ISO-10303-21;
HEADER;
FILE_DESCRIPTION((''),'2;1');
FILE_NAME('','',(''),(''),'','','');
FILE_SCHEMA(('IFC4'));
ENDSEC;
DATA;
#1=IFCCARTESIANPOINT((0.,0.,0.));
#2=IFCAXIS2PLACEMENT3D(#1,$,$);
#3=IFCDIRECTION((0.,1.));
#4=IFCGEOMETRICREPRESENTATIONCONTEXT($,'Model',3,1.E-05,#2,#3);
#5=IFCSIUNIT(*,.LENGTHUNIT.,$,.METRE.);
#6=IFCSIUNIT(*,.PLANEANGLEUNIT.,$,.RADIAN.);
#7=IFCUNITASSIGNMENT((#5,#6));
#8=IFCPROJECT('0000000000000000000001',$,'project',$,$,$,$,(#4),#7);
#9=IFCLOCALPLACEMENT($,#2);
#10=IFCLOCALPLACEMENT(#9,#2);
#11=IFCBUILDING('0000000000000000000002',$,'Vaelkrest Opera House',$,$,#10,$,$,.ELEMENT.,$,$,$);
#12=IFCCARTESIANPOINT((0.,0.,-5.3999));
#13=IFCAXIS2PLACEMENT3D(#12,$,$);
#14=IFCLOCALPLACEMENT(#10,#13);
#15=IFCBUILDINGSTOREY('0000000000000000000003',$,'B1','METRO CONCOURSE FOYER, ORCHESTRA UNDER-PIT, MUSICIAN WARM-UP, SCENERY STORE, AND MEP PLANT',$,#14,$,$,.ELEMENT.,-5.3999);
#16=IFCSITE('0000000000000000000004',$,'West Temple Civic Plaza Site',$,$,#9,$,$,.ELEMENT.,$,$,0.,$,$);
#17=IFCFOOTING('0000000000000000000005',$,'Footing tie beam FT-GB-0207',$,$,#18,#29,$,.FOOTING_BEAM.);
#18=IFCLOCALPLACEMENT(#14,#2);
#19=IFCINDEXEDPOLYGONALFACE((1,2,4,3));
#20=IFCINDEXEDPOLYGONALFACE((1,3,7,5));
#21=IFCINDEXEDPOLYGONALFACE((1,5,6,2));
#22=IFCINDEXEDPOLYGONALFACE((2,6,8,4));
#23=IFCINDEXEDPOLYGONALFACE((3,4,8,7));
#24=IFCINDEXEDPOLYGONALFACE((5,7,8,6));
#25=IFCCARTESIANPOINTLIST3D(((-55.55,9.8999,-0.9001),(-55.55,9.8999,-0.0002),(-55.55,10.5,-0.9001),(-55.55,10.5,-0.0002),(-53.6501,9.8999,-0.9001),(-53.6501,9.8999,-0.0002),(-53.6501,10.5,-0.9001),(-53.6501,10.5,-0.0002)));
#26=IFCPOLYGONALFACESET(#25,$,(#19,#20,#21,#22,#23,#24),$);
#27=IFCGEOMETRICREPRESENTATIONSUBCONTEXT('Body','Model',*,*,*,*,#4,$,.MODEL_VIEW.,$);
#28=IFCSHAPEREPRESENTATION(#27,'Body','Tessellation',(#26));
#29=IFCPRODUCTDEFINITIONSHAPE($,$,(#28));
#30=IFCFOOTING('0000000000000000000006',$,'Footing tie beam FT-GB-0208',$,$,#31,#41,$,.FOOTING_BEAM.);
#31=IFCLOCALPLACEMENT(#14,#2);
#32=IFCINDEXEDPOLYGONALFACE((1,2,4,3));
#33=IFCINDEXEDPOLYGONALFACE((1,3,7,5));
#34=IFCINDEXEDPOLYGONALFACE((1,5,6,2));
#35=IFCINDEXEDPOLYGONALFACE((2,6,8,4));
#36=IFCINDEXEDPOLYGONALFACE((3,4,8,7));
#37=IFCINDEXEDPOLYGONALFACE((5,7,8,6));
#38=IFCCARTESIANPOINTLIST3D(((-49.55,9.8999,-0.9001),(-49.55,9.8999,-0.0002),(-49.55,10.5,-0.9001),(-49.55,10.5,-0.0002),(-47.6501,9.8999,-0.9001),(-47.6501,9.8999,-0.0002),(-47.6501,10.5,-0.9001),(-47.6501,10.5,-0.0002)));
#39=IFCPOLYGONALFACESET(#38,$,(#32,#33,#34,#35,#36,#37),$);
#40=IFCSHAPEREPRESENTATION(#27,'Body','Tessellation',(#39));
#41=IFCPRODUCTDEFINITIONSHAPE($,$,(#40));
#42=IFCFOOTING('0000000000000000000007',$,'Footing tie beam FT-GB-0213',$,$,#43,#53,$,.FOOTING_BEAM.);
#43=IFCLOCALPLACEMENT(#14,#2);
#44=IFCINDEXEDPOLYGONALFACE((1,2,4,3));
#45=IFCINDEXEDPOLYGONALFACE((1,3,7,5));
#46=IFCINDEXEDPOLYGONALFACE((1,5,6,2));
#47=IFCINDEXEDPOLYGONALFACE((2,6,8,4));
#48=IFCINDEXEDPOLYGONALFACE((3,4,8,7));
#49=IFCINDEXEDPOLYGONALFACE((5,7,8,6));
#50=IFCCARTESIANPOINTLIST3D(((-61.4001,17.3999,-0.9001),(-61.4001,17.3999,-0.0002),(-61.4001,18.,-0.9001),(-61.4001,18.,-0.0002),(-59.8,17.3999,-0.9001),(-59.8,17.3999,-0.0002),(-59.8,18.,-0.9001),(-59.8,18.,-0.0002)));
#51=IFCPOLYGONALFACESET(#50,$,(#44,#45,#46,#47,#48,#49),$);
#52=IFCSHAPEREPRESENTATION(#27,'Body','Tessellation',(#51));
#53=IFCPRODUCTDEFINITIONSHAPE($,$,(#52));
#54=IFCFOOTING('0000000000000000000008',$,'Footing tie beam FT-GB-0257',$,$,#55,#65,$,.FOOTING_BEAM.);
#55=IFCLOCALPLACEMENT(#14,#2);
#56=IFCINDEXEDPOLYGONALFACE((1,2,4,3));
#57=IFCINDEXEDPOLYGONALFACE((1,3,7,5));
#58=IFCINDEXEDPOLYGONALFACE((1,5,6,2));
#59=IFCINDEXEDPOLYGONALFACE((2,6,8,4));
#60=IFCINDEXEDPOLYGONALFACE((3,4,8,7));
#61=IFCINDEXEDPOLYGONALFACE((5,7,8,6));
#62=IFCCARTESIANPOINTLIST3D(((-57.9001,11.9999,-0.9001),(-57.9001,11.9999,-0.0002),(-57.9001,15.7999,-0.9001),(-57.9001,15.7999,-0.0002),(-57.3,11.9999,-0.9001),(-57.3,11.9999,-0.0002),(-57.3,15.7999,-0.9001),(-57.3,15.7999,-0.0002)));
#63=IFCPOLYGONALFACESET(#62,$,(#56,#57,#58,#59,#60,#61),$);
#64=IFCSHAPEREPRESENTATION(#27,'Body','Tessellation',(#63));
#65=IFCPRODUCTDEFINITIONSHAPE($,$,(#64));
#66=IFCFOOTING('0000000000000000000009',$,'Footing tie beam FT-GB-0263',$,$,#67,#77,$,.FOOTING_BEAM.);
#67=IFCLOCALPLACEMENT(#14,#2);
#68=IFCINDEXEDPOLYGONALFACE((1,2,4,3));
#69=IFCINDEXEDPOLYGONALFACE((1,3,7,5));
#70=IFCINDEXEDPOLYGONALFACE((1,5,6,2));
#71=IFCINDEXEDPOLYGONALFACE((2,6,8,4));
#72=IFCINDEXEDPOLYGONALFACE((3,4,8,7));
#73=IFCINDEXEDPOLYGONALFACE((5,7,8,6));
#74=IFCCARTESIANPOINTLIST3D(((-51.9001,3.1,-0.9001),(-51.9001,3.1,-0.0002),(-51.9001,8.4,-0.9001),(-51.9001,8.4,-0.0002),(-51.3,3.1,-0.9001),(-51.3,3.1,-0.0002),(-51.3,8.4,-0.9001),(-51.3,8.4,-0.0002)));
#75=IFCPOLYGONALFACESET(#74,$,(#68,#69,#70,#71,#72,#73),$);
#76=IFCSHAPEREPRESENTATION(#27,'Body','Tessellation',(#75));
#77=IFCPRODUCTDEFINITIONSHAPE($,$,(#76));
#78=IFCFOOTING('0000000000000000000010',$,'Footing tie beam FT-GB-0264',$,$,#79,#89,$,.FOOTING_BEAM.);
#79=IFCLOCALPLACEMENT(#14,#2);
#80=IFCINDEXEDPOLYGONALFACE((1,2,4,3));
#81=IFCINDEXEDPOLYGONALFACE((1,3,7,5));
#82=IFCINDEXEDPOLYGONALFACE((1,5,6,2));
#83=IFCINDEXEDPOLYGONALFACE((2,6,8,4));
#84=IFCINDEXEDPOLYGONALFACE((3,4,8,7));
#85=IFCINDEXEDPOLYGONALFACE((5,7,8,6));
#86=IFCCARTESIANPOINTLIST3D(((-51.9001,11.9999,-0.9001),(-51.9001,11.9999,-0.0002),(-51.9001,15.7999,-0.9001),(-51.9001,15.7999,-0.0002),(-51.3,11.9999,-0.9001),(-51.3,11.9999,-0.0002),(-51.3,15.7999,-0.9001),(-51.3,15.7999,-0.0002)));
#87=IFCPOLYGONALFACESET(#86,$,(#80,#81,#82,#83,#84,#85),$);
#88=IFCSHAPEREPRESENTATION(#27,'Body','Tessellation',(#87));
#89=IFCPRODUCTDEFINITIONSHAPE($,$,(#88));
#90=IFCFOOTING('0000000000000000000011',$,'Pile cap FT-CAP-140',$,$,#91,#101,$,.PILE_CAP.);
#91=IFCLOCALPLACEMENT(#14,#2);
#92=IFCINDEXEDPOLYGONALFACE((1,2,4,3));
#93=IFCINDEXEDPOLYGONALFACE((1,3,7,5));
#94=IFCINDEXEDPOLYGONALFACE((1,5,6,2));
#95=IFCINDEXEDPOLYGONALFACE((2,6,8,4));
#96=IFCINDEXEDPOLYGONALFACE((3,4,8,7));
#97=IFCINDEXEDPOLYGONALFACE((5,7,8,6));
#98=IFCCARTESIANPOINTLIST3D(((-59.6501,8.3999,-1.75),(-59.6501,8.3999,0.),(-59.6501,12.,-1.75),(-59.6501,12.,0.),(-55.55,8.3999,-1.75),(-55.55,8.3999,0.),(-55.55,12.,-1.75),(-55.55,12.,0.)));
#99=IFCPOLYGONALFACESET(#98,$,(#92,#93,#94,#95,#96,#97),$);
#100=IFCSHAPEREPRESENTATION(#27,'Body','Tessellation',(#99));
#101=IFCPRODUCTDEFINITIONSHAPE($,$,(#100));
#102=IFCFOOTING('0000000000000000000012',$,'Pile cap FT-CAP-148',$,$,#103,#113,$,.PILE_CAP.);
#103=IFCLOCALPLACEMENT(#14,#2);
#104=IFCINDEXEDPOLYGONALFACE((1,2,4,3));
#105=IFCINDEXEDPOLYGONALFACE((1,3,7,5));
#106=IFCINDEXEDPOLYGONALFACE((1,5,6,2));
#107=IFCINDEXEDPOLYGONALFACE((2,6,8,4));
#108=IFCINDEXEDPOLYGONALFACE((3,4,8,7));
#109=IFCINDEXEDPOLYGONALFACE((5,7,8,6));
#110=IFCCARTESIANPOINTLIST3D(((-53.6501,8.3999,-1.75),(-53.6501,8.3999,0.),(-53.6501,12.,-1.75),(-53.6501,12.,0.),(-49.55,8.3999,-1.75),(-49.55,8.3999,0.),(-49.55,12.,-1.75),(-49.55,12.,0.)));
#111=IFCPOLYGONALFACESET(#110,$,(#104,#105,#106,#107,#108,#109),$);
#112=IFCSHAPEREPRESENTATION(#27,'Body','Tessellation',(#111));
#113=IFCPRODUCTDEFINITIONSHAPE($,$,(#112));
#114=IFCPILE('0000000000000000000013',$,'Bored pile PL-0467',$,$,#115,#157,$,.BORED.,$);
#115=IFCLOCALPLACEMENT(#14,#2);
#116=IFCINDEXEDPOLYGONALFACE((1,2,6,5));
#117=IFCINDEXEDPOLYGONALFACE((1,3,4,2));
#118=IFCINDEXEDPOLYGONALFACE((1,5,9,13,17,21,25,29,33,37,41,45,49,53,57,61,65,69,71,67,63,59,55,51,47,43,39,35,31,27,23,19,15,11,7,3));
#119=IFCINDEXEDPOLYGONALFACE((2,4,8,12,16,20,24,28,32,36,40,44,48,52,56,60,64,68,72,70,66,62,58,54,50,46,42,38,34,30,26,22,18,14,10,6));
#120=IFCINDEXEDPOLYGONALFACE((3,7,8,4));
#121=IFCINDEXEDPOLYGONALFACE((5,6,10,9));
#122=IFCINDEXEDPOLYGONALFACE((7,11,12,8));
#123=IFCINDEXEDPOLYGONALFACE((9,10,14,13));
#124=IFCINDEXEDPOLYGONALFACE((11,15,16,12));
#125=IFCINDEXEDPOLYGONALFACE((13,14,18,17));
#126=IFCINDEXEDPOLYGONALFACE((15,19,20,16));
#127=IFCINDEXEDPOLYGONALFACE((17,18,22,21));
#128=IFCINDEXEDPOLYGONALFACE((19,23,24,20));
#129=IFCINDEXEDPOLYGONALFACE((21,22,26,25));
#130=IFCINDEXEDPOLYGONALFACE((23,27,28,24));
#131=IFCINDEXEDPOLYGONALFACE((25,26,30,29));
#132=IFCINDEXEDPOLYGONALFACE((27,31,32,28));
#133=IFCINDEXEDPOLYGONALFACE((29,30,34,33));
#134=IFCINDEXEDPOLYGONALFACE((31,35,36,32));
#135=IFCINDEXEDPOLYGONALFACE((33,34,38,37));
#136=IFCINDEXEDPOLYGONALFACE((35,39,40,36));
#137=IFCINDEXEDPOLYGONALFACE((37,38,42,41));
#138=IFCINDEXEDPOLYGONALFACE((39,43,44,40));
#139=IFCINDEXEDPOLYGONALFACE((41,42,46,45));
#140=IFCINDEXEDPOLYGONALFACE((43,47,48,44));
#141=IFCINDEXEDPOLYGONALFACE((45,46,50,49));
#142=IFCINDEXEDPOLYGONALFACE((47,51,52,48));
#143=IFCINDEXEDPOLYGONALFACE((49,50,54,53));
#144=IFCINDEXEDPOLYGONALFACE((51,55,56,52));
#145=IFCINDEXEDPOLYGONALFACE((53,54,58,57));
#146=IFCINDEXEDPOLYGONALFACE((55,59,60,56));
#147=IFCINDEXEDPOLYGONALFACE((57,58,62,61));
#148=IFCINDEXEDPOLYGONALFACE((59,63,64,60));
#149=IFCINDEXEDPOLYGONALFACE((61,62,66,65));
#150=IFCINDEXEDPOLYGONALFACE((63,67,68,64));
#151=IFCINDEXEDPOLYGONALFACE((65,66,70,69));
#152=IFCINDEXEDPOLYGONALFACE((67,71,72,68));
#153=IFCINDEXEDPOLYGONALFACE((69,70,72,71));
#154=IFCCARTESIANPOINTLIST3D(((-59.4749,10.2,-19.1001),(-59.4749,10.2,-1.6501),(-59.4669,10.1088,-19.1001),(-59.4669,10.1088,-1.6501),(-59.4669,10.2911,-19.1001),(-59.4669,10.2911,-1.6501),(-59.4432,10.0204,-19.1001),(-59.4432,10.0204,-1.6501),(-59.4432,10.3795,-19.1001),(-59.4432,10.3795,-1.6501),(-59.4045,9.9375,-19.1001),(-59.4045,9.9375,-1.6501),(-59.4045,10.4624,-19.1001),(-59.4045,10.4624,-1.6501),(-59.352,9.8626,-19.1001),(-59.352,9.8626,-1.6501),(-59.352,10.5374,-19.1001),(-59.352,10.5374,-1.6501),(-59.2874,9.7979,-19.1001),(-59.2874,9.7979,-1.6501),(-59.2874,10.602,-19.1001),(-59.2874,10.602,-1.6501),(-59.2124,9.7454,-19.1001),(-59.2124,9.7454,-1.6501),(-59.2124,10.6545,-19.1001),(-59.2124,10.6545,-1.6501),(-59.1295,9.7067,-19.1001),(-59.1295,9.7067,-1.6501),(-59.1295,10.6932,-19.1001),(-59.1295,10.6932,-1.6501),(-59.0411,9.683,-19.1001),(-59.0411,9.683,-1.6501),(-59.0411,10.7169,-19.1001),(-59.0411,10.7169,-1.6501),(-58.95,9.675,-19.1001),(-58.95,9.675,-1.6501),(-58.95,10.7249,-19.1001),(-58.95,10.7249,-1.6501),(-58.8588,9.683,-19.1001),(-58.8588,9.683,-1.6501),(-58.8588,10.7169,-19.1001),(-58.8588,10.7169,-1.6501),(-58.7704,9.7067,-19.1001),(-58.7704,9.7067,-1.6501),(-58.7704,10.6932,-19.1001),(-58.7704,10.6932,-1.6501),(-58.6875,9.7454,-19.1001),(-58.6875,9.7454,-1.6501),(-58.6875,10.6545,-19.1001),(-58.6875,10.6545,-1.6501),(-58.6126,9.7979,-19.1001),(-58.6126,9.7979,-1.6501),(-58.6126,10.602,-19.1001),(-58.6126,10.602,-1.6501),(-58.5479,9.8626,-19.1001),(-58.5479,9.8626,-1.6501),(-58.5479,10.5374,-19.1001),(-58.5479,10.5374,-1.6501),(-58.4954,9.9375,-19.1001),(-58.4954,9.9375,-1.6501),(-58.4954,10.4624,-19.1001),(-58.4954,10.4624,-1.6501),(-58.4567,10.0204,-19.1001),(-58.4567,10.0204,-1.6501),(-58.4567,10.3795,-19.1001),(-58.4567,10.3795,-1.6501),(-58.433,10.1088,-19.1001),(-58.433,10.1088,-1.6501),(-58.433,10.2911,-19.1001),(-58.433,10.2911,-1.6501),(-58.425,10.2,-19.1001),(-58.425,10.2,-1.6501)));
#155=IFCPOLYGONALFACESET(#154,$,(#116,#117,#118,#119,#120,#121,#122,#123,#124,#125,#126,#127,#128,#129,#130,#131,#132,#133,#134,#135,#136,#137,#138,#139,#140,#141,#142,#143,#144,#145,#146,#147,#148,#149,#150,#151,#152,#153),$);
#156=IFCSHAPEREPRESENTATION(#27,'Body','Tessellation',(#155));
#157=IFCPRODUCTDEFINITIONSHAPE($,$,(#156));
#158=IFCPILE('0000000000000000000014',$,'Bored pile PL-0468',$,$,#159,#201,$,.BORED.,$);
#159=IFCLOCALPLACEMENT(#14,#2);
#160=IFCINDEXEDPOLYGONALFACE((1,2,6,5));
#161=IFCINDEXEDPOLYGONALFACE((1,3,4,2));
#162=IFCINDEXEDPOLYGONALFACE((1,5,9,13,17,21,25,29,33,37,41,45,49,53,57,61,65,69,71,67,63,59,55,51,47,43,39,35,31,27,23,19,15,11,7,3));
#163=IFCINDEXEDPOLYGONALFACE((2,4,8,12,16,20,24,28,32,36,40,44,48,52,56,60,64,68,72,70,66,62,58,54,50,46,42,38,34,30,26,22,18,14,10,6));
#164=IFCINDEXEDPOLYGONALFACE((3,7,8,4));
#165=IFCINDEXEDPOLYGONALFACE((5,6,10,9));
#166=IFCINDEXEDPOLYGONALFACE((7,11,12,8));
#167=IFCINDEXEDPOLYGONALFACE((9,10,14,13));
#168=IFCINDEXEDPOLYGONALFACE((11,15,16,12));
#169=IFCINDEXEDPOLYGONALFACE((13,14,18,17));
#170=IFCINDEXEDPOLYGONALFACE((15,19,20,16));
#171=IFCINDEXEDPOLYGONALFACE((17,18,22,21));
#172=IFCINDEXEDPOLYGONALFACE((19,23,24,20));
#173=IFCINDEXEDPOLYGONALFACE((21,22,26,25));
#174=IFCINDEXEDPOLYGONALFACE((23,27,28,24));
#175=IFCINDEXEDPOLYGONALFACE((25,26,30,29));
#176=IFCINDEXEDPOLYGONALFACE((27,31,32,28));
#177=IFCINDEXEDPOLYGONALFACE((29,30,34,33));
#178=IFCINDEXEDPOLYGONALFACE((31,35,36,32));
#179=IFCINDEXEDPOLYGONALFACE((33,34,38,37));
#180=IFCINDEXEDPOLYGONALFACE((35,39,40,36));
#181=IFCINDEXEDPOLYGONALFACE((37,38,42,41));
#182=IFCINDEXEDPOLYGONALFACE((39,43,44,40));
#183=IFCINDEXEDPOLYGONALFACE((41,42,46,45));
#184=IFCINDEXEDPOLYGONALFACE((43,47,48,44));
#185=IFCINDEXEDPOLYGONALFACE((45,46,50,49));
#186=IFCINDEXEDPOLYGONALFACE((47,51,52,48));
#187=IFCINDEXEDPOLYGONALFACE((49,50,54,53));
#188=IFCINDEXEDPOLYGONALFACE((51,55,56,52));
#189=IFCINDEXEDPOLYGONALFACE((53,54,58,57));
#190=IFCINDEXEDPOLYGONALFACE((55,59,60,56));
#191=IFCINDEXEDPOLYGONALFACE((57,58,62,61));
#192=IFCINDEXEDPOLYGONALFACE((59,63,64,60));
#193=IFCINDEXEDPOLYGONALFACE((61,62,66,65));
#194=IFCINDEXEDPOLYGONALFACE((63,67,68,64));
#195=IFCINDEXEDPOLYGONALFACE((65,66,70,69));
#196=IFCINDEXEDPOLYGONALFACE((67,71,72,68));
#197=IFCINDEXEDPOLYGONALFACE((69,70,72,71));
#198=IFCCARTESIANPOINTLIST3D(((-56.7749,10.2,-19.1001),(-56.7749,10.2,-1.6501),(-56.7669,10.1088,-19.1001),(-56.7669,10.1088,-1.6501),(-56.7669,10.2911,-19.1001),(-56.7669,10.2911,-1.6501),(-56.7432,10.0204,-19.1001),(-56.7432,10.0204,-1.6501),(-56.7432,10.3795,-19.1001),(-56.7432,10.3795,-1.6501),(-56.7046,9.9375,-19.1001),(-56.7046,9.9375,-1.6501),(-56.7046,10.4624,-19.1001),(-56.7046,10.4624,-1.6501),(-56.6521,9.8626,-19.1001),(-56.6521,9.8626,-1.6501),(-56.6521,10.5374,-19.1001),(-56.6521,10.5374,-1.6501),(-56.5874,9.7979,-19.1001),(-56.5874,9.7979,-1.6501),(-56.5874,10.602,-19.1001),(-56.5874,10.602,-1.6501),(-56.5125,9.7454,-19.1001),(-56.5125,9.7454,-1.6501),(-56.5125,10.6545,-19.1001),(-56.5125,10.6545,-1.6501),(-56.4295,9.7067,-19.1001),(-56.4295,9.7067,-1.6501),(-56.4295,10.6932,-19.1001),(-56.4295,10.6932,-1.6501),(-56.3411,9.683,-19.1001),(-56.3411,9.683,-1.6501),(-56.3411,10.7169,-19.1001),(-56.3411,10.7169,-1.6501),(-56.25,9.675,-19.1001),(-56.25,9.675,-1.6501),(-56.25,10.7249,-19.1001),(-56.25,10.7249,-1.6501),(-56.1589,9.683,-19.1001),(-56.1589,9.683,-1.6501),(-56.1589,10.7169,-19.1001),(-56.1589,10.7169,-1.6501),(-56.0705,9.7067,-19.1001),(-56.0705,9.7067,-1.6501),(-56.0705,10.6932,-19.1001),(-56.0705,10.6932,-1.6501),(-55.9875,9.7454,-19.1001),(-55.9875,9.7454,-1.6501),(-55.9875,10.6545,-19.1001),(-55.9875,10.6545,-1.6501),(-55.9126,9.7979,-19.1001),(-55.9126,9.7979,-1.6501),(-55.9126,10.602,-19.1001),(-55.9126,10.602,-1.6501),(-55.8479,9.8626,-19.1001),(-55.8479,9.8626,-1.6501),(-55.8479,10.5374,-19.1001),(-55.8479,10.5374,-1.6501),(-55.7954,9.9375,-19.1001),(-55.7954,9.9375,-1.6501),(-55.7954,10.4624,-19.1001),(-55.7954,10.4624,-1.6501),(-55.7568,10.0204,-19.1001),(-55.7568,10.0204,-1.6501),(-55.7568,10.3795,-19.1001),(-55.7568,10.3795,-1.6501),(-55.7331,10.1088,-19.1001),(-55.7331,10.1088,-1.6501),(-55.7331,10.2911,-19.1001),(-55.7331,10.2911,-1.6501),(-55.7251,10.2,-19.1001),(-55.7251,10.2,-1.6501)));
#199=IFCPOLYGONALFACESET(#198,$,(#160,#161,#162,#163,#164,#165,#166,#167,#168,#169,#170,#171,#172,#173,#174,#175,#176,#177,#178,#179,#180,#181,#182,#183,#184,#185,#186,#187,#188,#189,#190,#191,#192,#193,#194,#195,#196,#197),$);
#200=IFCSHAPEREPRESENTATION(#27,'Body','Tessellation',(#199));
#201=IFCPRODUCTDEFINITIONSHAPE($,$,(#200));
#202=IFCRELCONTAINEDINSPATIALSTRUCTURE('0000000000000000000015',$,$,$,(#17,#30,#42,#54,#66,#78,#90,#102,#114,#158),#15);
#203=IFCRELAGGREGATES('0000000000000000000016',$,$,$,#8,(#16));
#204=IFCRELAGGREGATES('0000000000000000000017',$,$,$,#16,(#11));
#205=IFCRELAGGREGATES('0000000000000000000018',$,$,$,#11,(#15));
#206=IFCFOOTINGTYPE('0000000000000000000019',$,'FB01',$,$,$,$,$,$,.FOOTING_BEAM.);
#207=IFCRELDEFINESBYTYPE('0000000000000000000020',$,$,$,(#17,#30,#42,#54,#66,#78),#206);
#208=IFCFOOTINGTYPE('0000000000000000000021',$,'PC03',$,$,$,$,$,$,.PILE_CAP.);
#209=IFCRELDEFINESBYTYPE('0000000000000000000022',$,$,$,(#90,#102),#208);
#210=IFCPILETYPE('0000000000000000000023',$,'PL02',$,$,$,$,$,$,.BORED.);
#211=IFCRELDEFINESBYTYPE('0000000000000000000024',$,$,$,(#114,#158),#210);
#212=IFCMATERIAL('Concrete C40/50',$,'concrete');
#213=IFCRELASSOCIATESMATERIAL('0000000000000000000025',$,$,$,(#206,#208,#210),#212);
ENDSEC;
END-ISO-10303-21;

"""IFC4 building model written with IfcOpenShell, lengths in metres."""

from ifc_helpers import new_model, si_unit, direction, frame, origin, origin_2d, place, context, subcontext, project, spatial, rectangle, circle, extrude, material, material_profile, profile_set, type_object, element, save


model = new_model("IFC4")

# Units and contexts
model_context = context("Model", 3, precision=1e-05, world=origin(), true_north=direction((0.0, 1.0)))
body_context = subcontext(model_context, "Body", "Model", "MODEL_VIEW")
ifc_project = project(units=[si_unit("LENGTHUNIT", "METRE"), si_unit("PLANEANGLEUNIT", "RADIAN")], contexts=[model_context])

# Site, building, storey
site_placement = place(None, origin())
site = spatial("IfcSite", under=ifc_project, at=site_placement, Name="West Temple Civic Plaza Site", CompositionType="ELEMENT", RefElevation=0.0)
building_placement = place(site_placement, origin())
building = spatial("IfcBuilding", under=site, at=building_placement, Name="Vaelkrest Opera House", CompositionType="ELEMENT")
storey_placement = place(building_placement, frame((0.0, 0.0, -5.3999)))
storey = spatial("IfcBuildingStorey", under=building, at=storey_placement, Name="B1", Description="METRO CONCOURSE FOYER, ORCHESTRA UNDER-PIT, MUSICIAN WARM-UP, SCENERY STORE, AND MEP PLANT", CompositionType="ELEMENT", Elevation=-5.3999)

# Footings
ifc_material_1 = material(Name="Concrete C40/50", Category="concrete")
footing_type_1 = type_object("IfcFootingType", Name="FB01", PredefinedType="FOOTING_BEAM", material=ifc_material_1)
for number, where, z_axis, x_axis, name in (
    (1, (-54.6001, 10.2, -0.9001), (0.0, 0.0, 1.0), (1.0, 0.0, 0.0), "Footing tie beam FT-GB-0207"),
    (2, (-48.6001, 10.2, -0.9001), (0.0, 0.0, 1.0), (1.0, 0.0, 0.0), "Footing tie beam FT-GB-0208"),
):
    element("IfcFooting", number, at=place(storey_placement, frame(where, z_axis=z_axis, x_axis=x_axis)), inside=storey, type_object=footing_type_1, Name=name, PredefinedType="FOOTING_BEAM", context=body_context, shape_type="SweptSolid", body=[
        extrude(rectangle(XDim=1.8999, YDim=0.6001, at=origin_2d()), origin(), (0.0, 0.0, 1.0), 0.8999),
    ])
footing_1_placement = place(storey_placement, frame((-60.6001, 17.7, -0.9001), z_axis=(0.0, 0.0, 1.0), x_axis=(1.0, 0.0, 0.0)))
element("IfcFooting", 3, at=footing_1_placement, inside=storey, type_object=footing_type_1, Name="Footing tie beam FT-GB-0213", PredefinedType="FOOTING_BEAM", context=body_context, shape_type="SweptSolid", body=[
    extrude(rectangle(XDim=1.6001, YDim=0.6001, at=origin_2d()), origin(), (0.0, 0.0, 1.0), 0.8999),
])
footing_2_placement = place(storey_placement, frame((-57.6001, 13.8999, -0.9001), z_axis=(0.0, 0.0, 1.0), x_axis=(0.0, 1.0, 0.0)))
element("IfcFooting", 4, at=footing_2_placement, inside=storey, type_object=footing_type_1, Name="Footing tie beam FT-GB-0257", PredefinedType="FOOTING_BEAM", context=body_context, shape_type="SweptSolid", body=[
    extrude(rectangle(XDim=3.8, YDim=0.6001, at=origin_2d()), origin(), (0.0, 0.0, 1.0), 0.8999),
])
footing_3_placement = place(storey_placement, frame((-51.6001, 5.75, -0.9001), z_axis=(0.0, 0.0, 1.0), x_axis=(0.0, 1.0, 0.0)))
element("IfcFooting", 5, at=footing_3_placement, inside=storey, type_object=footing_type_1, Name="Footing tie beam FT-GB-0263", PredefinedType="FOOTING_BEAM", context=body_context, shape_type="SweptSolid", body=[
    extrude(rectangle(XDim=5.3, YDim=0.6001, at=origin_2d()), origin(), (0.0, 0.0, 1.0), 0.8999),
])
footing_4_placement = place(storey_placement, frame((-51.6001, 13.8999, -0.9001), z_axis=(0.0, 0.0, 1.0), x_axis=(0.0, 1.0, 0.0)))
element("IfcFooting", 6, at=footing_4_placement, inside=storey, type_object=footing_type_1, Name="Footing tie beam FT-GB-0264", PredefinedType="FOOTING_BEAM", context=body_context, shape_type="SweptSolid", body=[
    extrude(rectangle(XDim=3.8, YDim=0.6001, at=origin_2d()), origin(), (0.0, 0.0, 1.0), 0.8999),
])
footing_type_2 = type_object("IfcFootingType", Name="PC03", PredefinedType="PILE_CAP", material=ifc_material_1)
for number, where, z_axis, x_axis, name in (
    (7, (-57.6001, 10.2, -1.75), (0.0, 0.0, 1.0), (1.0, 0.0, 0.0), "Pile cap FT-CAP-140"),
    (8, (-51.6001, 10.2, -1.75), (0.0, 0.0, 1.0), (1.0, 0.0, 0.0), "Pile cap FT-CAP-148"),
):
    element("IfcFooting", number, at=place(storey_placement, frame(where, z_axis=z_axis, x_axis=x_axis)), inside=storey, type_object=footing_type_2, Name=name, PredefinedType="PILE_CAP", context=body_context, shape_type="SweptSolid", body=[
        extrude(rectangle(XDim=4.1001, YDim=3.6001, at=origin_2d()), origin(), (0.0, 0.0, 1.0), 1.75),
    ])

# Piles
ifc_material_profile_1 = material_profile(ifc_material_1, circle(Radius=0.5249, at=origin_2d()), Name="PILE1050")
ifc_profile_set_1 = profile_set([ifc_material_profile_1], Name="Concrete C40/50")
pile_type = type_object("IfcPileType", Name="PL02", PredefinedType="BORED", material=ifc_profile_set_1)
for number, where, z_axis, x_axis, name in (
    (9, (-58.95, 10.2, -1.6501), (0.0, 0.0, -1.0), (1.0, 0.0, 0.0), "Bored pile PL-0467"),
    (10, (-56.25, 10.2, -1.6501), (0.0, 0.0, -1.0), (1.0, 0.0, 0.0), "Bored pile PL-0468"),
):
    element("IfcPile", number, at=place(storey_placement, frame(where, z_axis=z_axis, x_axis=x_axis)), inside=storey, type_object=pile_type, Name=name, PredefinedType="BORED", context=body_context, shape_type="SweptSolid", body=[
        extrude(circle(Radius=0.5249, at=origin_2d()), origin(), (0.0, 0.0, 1.0), 17.45),
    ])

save(model, "model.ifc")
